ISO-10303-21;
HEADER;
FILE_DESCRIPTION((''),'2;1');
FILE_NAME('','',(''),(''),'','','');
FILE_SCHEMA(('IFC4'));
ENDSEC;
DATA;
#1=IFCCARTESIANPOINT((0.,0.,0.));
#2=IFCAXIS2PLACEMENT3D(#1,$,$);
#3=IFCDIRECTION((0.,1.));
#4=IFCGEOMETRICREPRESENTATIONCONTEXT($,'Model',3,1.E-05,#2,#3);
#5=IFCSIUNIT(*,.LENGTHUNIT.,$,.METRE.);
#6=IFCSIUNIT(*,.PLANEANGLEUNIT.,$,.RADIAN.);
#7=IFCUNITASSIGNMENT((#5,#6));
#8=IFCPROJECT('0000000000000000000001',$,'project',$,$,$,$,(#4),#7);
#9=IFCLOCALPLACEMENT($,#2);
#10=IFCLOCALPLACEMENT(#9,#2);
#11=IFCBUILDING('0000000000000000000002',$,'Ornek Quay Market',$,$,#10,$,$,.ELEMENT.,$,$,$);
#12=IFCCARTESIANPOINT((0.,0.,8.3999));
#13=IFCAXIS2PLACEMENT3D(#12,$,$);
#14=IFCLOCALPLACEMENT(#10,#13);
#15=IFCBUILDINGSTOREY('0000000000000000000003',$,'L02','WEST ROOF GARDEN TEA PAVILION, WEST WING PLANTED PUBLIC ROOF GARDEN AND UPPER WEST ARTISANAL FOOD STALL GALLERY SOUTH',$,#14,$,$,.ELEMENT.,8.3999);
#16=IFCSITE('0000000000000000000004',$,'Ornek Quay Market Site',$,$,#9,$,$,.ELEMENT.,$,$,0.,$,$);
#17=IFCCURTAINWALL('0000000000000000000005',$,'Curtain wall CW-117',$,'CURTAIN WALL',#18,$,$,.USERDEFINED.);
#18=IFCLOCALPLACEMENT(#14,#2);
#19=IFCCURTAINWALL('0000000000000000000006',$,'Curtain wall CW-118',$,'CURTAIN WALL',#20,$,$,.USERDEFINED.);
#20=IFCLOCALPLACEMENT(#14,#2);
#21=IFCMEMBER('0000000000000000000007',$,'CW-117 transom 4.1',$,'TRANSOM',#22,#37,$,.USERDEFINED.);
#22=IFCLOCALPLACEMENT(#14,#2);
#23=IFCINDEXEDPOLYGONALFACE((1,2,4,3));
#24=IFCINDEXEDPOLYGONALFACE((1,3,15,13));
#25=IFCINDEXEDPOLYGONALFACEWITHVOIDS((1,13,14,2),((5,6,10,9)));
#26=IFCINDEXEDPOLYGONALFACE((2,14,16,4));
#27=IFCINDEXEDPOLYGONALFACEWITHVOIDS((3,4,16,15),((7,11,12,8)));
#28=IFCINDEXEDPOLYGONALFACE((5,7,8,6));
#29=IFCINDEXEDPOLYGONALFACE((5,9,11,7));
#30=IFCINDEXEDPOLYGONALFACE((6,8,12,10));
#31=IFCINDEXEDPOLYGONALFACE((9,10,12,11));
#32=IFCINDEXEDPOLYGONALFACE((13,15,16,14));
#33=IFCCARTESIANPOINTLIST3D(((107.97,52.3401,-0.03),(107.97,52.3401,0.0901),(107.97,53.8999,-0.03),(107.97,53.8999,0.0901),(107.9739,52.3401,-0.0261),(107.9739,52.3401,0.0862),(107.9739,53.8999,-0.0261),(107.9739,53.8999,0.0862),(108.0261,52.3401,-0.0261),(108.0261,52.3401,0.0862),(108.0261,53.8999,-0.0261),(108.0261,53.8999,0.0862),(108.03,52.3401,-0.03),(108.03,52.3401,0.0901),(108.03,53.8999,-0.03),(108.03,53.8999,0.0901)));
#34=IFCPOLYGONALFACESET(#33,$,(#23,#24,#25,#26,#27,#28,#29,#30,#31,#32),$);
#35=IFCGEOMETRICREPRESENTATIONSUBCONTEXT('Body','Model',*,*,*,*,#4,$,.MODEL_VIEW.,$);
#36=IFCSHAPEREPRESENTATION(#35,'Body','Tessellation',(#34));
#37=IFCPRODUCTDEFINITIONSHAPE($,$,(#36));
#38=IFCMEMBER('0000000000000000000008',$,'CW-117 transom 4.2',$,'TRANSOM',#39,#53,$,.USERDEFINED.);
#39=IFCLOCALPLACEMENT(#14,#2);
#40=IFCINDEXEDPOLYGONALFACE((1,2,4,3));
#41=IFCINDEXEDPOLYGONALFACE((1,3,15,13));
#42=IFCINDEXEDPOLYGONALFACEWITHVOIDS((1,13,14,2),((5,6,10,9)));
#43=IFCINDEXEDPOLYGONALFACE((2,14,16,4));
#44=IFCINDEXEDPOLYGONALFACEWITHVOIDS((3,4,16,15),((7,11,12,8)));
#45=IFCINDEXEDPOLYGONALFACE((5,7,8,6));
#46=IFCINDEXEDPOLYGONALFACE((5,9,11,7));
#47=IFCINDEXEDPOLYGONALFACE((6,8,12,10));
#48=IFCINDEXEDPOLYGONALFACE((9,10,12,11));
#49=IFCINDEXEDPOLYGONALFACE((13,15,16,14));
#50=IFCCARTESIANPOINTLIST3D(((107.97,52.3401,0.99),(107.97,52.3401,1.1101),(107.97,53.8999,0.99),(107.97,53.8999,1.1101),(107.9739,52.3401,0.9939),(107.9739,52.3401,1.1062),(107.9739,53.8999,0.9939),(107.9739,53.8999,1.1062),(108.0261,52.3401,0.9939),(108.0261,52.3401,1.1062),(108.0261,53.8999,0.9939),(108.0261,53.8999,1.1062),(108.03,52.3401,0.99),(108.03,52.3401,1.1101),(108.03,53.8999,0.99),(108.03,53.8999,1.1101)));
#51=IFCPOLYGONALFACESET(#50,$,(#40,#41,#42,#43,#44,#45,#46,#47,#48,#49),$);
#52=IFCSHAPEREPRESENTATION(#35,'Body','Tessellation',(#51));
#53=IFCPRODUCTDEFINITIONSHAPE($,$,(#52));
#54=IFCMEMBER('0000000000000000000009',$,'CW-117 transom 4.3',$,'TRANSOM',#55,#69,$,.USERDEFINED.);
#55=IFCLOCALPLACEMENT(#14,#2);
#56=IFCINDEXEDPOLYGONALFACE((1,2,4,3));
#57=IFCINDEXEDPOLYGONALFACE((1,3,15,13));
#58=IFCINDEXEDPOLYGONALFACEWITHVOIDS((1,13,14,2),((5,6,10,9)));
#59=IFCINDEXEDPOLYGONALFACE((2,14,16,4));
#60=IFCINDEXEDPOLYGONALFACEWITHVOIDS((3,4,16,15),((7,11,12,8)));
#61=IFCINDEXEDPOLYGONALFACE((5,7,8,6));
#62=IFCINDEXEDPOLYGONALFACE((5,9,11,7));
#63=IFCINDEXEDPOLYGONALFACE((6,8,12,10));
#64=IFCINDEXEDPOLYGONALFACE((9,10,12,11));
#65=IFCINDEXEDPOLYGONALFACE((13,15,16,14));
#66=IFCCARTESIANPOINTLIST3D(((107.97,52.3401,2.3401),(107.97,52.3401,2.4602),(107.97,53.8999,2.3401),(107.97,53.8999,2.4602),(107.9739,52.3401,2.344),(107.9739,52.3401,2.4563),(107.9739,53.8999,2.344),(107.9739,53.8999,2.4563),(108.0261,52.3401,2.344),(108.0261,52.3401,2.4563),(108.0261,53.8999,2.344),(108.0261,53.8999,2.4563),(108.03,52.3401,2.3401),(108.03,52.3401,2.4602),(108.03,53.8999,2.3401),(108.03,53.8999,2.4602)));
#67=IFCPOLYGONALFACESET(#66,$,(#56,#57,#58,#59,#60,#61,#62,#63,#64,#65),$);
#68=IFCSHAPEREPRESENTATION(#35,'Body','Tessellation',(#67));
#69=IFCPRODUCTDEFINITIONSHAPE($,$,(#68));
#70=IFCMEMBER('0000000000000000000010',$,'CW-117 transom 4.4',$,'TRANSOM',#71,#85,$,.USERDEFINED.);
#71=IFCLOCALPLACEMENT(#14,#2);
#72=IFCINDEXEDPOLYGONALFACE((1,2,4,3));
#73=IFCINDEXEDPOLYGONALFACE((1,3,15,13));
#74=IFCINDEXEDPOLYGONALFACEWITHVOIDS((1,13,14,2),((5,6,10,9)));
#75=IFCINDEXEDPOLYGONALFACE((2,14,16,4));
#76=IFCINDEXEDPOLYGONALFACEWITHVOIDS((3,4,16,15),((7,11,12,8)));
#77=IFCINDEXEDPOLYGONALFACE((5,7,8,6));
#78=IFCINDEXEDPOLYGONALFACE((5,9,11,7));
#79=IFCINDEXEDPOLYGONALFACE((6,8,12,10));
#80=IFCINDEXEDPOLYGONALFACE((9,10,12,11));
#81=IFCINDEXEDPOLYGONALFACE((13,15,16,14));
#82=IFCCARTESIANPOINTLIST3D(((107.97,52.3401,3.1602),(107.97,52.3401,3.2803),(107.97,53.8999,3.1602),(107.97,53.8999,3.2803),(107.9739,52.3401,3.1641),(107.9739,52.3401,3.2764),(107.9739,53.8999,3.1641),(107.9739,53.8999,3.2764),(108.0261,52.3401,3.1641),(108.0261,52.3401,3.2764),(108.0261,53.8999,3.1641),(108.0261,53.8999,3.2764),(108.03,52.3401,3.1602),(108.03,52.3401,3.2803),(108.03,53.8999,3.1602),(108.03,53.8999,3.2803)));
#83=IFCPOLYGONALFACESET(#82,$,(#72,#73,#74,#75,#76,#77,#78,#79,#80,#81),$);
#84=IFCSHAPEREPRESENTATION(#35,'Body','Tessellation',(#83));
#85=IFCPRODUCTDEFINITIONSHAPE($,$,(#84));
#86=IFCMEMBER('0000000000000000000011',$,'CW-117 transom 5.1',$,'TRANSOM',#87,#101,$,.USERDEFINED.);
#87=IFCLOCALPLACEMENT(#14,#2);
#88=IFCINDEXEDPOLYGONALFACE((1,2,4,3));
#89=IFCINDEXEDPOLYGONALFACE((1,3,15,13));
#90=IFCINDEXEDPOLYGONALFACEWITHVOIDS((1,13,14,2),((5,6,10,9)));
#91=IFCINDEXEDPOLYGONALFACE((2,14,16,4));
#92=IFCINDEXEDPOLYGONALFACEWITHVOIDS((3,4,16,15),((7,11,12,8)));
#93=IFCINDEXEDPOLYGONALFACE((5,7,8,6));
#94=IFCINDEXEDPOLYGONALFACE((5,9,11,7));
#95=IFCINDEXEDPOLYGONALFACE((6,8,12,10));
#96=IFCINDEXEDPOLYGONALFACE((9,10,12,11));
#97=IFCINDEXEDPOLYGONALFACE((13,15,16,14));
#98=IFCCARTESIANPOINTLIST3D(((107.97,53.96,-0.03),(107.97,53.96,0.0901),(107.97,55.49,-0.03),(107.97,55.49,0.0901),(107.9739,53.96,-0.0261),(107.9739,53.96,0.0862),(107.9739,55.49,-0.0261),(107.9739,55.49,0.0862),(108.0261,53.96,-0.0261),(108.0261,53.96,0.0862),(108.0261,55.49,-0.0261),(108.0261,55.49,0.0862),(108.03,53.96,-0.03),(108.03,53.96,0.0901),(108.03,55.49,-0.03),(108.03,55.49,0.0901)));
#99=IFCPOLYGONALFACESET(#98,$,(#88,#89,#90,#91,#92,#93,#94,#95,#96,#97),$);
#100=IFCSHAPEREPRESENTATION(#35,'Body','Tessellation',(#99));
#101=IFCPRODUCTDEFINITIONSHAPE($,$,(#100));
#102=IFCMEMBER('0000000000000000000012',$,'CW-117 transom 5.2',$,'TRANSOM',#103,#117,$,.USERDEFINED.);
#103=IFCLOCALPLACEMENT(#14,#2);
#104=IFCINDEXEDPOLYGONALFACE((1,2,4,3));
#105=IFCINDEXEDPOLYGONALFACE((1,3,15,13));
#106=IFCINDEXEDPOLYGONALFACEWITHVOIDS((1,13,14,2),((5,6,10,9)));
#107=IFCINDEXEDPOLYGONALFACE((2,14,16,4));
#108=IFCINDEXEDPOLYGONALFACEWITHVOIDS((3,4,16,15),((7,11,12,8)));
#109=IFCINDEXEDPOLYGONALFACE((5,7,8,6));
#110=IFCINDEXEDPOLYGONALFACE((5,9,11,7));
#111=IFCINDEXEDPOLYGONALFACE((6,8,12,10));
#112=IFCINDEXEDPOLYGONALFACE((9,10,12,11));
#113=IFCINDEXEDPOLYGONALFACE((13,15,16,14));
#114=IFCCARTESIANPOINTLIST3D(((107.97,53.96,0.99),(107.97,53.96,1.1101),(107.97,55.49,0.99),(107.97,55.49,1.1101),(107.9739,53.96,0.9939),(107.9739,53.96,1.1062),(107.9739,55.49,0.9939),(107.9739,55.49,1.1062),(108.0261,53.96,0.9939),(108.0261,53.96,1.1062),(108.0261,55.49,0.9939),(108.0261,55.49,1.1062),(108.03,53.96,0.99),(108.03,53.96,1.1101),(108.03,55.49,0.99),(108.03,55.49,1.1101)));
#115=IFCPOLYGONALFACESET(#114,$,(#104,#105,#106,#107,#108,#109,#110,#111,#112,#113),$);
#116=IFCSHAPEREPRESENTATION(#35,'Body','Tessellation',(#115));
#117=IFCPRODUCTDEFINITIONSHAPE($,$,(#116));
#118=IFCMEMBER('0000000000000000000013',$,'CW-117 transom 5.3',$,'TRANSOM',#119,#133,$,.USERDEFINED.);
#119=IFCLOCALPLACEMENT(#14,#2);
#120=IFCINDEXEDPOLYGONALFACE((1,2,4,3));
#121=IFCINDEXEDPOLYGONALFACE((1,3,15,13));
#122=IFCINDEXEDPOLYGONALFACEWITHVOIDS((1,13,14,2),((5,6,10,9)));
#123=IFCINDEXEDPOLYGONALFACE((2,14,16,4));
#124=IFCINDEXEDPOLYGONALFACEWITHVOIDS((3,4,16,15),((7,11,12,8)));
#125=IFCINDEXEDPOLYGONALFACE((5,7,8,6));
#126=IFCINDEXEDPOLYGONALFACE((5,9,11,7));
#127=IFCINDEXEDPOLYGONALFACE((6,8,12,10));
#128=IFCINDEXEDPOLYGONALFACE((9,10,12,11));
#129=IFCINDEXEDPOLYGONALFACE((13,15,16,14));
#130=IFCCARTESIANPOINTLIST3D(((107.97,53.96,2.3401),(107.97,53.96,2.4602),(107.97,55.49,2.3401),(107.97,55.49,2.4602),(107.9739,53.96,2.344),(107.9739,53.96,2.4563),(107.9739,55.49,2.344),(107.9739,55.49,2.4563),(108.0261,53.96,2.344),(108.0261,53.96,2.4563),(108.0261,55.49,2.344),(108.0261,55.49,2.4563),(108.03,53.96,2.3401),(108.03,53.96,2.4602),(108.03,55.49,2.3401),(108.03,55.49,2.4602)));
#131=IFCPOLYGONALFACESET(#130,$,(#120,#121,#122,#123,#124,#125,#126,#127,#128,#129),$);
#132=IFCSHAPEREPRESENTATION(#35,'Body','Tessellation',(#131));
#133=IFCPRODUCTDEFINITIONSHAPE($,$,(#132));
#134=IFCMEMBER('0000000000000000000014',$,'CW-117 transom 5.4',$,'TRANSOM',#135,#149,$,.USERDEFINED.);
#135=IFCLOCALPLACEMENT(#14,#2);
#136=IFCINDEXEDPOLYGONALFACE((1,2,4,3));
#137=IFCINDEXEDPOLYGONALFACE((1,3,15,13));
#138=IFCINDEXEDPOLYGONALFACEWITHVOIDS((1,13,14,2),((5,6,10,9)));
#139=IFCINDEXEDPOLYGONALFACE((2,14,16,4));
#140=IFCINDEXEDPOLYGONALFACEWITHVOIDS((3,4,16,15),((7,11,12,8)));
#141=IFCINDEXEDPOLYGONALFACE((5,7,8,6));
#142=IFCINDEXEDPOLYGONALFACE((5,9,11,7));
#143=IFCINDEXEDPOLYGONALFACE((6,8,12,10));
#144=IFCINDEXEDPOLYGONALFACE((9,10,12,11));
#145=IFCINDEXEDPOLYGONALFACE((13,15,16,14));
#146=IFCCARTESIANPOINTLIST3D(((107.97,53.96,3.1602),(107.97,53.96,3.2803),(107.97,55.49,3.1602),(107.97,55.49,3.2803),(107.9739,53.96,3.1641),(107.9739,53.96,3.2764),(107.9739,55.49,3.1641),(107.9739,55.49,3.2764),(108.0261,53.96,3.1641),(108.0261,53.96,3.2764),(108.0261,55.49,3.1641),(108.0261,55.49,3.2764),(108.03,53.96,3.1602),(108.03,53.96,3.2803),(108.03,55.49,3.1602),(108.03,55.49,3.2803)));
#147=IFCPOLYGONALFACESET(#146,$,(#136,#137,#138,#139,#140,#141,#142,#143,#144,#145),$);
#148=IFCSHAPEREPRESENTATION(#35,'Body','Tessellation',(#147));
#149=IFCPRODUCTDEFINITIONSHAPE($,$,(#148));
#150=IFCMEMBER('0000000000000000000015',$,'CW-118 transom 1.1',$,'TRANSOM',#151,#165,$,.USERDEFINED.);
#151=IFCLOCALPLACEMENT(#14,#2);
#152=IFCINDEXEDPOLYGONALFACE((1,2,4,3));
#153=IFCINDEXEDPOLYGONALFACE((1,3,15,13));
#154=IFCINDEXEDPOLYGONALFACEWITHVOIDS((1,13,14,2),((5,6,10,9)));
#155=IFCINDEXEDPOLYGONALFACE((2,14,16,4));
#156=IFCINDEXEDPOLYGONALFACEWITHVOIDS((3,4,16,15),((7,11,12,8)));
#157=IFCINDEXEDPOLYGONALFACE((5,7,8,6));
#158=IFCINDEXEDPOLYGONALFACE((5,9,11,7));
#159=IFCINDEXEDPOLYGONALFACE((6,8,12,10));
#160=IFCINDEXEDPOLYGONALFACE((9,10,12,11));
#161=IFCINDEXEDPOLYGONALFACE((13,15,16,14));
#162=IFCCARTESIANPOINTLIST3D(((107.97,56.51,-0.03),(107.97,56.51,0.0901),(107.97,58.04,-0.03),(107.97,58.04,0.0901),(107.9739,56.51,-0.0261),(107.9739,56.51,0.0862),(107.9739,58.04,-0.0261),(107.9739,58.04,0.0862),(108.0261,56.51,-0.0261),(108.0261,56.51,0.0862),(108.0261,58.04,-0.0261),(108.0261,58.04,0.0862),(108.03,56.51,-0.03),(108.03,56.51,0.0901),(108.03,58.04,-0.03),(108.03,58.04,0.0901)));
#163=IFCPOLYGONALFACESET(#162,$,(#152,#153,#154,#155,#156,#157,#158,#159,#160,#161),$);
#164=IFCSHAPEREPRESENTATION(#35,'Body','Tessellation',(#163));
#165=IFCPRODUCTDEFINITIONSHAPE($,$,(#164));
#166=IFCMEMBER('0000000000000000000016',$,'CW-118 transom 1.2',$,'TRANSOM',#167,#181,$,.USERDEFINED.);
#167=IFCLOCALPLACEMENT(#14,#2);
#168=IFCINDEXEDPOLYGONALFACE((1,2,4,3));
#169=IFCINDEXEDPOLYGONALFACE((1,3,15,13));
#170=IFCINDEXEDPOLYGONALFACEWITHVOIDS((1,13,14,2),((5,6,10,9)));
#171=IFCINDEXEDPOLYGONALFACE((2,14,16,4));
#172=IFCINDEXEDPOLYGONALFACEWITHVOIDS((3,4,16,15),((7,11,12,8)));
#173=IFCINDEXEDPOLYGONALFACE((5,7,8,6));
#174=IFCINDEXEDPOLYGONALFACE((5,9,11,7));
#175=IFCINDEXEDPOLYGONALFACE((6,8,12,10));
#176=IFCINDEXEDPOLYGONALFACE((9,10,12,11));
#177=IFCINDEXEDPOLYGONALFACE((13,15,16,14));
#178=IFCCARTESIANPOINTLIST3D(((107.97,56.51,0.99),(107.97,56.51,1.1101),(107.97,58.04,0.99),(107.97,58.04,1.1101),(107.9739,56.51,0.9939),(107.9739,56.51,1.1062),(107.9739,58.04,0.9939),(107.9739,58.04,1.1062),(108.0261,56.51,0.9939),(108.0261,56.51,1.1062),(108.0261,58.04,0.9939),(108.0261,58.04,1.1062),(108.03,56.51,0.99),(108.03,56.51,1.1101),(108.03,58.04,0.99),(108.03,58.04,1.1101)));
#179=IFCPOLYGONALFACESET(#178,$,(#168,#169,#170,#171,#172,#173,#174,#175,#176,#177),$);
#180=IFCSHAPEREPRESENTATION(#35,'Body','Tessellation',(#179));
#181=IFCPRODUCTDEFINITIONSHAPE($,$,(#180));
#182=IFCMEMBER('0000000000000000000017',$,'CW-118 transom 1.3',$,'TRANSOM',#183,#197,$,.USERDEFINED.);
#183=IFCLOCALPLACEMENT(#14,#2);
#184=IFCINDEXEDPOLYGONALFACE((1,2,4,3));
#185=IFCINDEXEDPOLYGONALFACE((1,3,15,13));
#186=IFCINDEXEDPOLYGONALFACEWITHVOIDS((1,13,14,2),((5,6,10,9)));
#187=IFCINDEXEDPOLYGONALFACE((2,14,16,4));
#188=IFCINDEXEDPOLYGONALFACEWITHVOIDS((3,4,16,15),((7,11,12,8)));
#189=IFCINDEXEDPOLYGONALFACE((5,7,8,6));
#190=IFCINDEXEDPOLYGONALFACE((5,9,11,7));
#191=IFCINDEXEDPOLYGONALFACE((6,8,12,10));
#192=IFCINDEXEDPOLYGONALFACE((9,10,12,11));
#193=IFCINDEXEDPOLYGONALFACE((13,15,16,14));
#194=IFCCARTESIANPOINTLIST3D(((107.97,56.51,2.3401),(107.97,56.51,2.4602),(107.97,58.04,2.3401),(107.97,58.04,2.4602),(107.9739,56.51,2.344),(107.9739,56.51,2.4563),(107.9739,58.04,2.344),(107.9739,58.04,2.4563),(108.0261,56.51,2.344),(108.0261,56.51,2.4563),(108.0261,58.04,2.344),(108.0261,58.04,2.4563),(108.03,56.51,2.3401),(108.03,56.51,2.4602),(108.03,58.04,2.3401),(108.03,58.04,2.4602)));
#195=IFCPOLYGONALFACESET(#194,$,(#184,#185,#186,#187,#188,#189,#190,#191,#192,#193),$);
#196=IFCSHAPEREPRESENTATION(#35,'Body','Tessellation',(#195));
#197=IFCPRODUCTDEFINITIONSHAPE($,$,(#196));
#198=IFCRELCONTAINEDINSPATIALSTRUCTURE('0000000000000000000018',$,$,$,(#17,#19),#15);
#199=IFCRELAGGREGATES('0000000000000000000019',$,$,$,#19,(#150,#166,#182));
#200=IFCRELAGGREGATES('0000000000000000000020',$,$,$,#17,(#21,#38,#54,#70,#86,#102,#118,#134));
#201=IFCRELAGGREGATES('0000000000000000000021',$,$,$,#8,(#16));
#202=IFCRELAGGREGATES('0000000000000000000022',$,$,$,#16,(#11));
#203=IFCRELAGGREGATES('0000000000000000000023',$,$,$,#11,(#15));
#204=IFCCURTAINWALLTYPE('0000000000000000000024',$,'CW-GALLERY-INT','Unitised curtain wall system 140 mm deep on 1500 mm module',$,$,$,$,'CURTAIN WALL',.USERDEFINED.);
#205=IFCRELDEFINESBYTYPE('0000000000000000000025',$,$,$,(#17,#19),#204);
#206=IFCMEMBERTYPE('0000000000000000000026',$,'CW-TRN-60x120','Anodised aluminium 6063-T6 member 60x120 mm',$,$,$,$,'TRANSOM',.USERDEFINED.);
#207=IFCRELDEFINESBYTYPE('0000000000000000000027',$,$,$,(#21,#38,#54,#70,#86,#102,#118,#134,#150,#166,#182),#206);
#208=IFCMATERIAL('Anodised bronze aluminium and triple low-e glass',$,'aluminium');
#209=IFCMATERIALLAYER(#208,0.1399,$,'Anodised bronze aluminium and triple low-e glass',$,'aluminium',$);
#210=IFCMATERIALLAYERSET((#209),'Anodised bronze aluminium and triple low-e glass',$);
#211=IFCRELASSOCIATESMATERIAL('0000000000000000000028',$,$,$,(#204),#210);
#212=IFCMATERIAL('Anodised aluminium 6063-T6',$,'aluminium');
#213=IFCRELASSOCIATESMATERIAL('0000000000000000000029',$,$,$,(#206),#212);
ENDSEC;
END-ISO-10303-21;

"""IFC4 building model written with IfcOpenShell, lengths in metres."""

from ifc_helpers import new_model, si_unit, direction, frame, origin, origin_2d, place, context, subcontext, project, spatial, hollow_rectangle, extrude, material, layer, layer_set, material_profile, profile_set, type_object, element, aggregate, save


model = new_model("IFC4")

# Units and contexts
model_context = context("Model", 3, precision=1e-05, world=origin(), true_north=direction((0.0, 1.0)))
body_context = subcontext(model_context, "Body", "Model", "MODEL_VIEW")
ifc_project = project(units=[si_unit("LENGTHUNIT", "METRE"), si_unit("PLANEANGLEUNIT", "RADIAN")], contexts=[model_context])

# Site, building, storey
site_placement = place(None, origin())
site = spatial("IfcSite", under=ifc_project, at=site_placement, Name="Ornek Quay Market Site", CompositionType="ELEMENT", RefElevation=0.0)
building_placement = place(site_placement, origin())
building = spatial("IfcBuilding", under=site, at=building_placement, Name="Ornek Quay Market", CompositionType="ELEMENT")
storey_placement = place(building_placement, frame((0.0, 0.0, 8.3999)))
storey = spatial("IfcBuildingStorey", under=building, at=storey_placement, Name="L02", Description="WEST ROOF GARDEN TEA PAVILION, WEST WING PLANTED PUBLIC ROOF GARDEN AND UPPER WEST ARTISANAL FOOD STALL GALLERY SOUTH", CompositionType="ELEMENT", Elevation=8.3999)

# Shared definitions
ifc_material_1 = material(Name="Anodised bronze aluminium and triple low-e glass", Category="aluminium")
ifc_layer_1 = layer(ifc_material_1, 0.1399, Name="Anodised bronze aluminium and triple low-e glass", Category="aluminium")
ifc_layer_set_1 = layer_set([ifc_layer_1], Name="Anodised bronze aluminium and triple low-e glass")
curtain_wall_type = type_object("IfcCurtainWallType", Name="CW-GALLERY-INT", Description="Unitised curtain wall system 140 mm deep on 1500 mm module", ElementType="CURTAIN WALL", PredefinedType="USERDEFINED", material=ifc_layer_set_1)
ifc_material_2 = material(Name="Anodised aluminium 6063-T6", Category="aluminium")

# Curtain wall
curtain_wall_1_placement = place(storey_placement, origin())
curtain_wall_1 = element("IfcCurtainWall", 1, at=curtain_wall_1_placement, inside=storey, type_object=curtain_wall_type, Name="Curtain wall CW-117", ObjectType="CURTAIN WALL", PredefinedType="USERDEFINED")

# Curtain wall
curtain_wall_2_placement = place(storey_placement, origin())
curtain_wall_2 = element("IfcCurtainWall", 2, at=curtain_wall_2_placement, inside=storey, type_object=curtain_wall_type, Name="Curtain wall CW-118", ObjectType="CURTAIN WALL", PredefinedType="USERDEFINED")

# Members
ifc_material_profile_1 = material_profile(ifc_material_2, hollow_rectangle(XDim=0.0601, YDim=0.1201, WallThickness=0.0039, at=origin_2d()), Name="CW-TRN-60x120", Category="aluminium")
ifc_profile_set_1 = profile_set([ifc_material_profile_1], Name="Anodised aluminium 6063-T6")
member_type_1 = type_object("IfcMemberType", Name="CW-TRN-60x120", Description="Anodised aluminium 6063-T6 member 60x120 mm", ElementType="TRANSOM", PredefinedType="USERDEFINED", material=ifc_profile_set_1)
member_1_placement = place(storey_placement, frame((108.0, 52.3401, 0.03), z_axis=(0.0, 1.0, 0.0), x_axis=(-1.0, 0.0, 0.0)))
member_1 = element("IfcMember", 3, at=member_1_placement, type_object=member_type_1, Name="CW-117 transom 4.1", ObjectType="TRANSOM", PredefinedType="USERDEFINED", context=body_context, shape_type="SweptSolid", body=[
    extrude(hollow_rectangle(XDim=0.0601, YDim=0.1201, WallThickness=0.0039, at=origin_2d()), origin(), (0.0, 0.0, 1.0), 1.5598),
])
member_2_placement = place(storey_placement, frame((108.0, 52.3401, 1.05), z_axis=(0.0, 1.0, 0.0), x_axis=(-1.0, 0.0, 0.0)))
member_2 = element("IfcMember", 4, at=member_2_placement, type_object=member_type_1, Name="CW-117 transom 4.2", ObjectType="TRANSOM", PredefinedType="USERDEFINED", context=body_context, shape_type="SweptSolid", body=[
    extrude(hollow_rectangle(XDim=0.0601, YDim=0.1201, WallThickness=0.0039, at=origin_2d()), origin(), (0.0, 0.0, 1.0), 1.5598),
])
member_3_placement = place(storey_placement, frame((108.0, 52.3401, 2.4001), z_axis=(0.0, 1.0, 0.0), x_axis=(-1.0, 0.0, 0.0)))
member_3 = element("IfcMember", 5, at=member_3_placement, type_object=member_type_1, Name="CW-117 transom 4.3", ObjectType="TRANSOM", PredefinedType="USERDEFINED", context=body_context, shape_type="SweptSolid", body=[
    extrude(hollow_rectangle(XDim=0.0601, YDim=0.1201, WallThickness=0.0039, at=origin_2d()), origin(), (0.0, 0.0, 1.0), 1.5598),
])
member_4_placement = place(storey_placement, frame((108.0, 52.3401, 3.2202), z_axis=(0.0, 1.0, 0.0), x_axis=(-1.0, 0.0, 0.0)))
member_4 = element("IfcMember", 6, at=member_4_placement, type_object=member_type_1, Name="CW-117 transom 4.4", ObjectType="TRANSOM", PredefinedType="USERDEFINED", context=body_context, shape_type="SweptSolid", body=[
    extrude(hollow_rectangle(XDim=0.0601, YDim=0.1201, WallThickness=0.0039, at=origin_2d()), origin(), (0.0, 0.0, 1.0), 1.5598),
])
member_5_placement = place(storey_placement, frame((108.0, 53.96, 0.03), z_axis=(0.0, 1.0, 0.0), x_axis=(-1.0, 0.0, 0.0)))
member_5 = element("IfcMember", 7, at=member_5_placement, type_object=member_type_1, Name="CW-117 transom 5.1", ObjectType="TRANSOM", PredefinedType="USERDEFINED", context=body_context, shape_type="SweptSolid", body=[
    extrude(hollow_rectangle(XDim=0.0601, YDim=0.1201, WallThickness=0.0039, at=origin_2d()), origin(), (0.0, 0.0, 1.0), 1.53),
])
member_6_placement = place(storey_placement, frame((108.0, 53.96, 1.05), z_axis=(0.0, 1.0, 0.0), x_axis=(-1.0, 0.0, 0.0)))
member_6 = element("IfcMember", 8, at=member_6_placement, type_object=member_type_1, Name="CW-117 transom 5.2", ObjectType="TRANSOM", PredefinedType="USERDEFINED", context=body_context, shape_type="SweptSolid", body=[
    extrude(hollow_rectangle(XDim=0.0601, YDim=0.1201, WallThickness=0.0039, at=origin_2d()), origin(), (0.0, 0.0, 1.0), 1.53),
])
member_7_placement = place(storey_placement, frame((108.0, 53.96, 2.4001), z_axis=(0.0, 1.0, 0.0), x_axis=(-1.0, 0.0, 0.0)))
member_7 = element("IfcMember", 9, at=member_7_placement, type_object=member_type_1, Name="CW-117 transom 5.3", ObjectType="TRANSOM", PredefinedType="USERDEFINED", context=body_context, shape_type="SweptSolid", body=[
    extrude(hollow_rectangle(XDim=0.0601, YDim=0.1201, WallThickness=0.0039, at=origin_2d()), origin(), (0.0, 0.0, 1.0), 1.53),
])
member_8_placement = place(storey_placement, frame((108.0, 53.96, 3.2202), z_axis=(0.0, 1.0, 0.0), x_axis=(-1.0, 0.0, 0.0)))
member_8 = element("IfcMember", 10, at=member_8_placement, type_object=member_type_1, Name="CW-117 transom 5.4", ObjectType="TRANSOM", PredefinedType="USERDEFINED", context=body_context, shape_type="SweptSolid", body=[
    extrude(hollow_rectangle(XDim=0.0601, YDim=0.1201, WallThickness=0.0039, at=origin_2d()), origin(), (0.0, 0.0, 1.0), 1.53),
])
member_9_placement = place(storey_placement, frame((108.0, 56.51, 0.03), z_axis=(0.0, 1.0, 0.0), x_axis=(-1.0, 0.0, 0.0)))
member_9 = element("IfcMember", 11, at=member_9_placement, type_object=member_type_1, Name="CW-118 transom 1.1", ObjectType="TRANSOM", PredefinedType="USERDEFINED", context=body_context, shape_type="SweptSolid", body=[
    extrude(hollow_rectangle(XDim=0.0601, YDim=0.1201, WallThickness=0.0039, at=origin_2d()), origin(), (0.0, 0.0, 1.0), 1.53),
])
member_10_placement = place(storey_placement, frame((108.0, 56.51, 1.05), z_axis=(0.0, 1.0, 0.0), x_axis=(-1.0, 0.0, 0.0)))
member_10 = element("IfcMember", 12, at=member_10_placement, type_object=member_type_1, Name="CW-118 transom 1.2", ObjectType="TRANSOM", PredefinedType="USERDEFINED", context=body_context, shape_type="SweptSolid", body=[
    extrude(hollow_rectangle(XDim=0.0601, YDim=0.1201, WallThickness=0.0039, at=origin_2d()), origin(), (0.0, 0.0, 1.0), 1.53),
])
member_11_placement = place(storey_placement, frame((108.0, 56.51, 2.4001), z_axis=(0.0, 1.0, 0.0), x_axis=(-1.0, 0.0, 0.0)))
member_11 = element("IfcMember", 13, at=member_11_placement, type_object=member_type_1, Name="CW-118 transom 1.3", ObjectType="TRANSOM", PredefinedType="USERDEFINED", context=body_context, shape_type="SweptSolid", body=[
    extrude(hollow_rectangle(XDim=0.0601, YDim=0.1201, WallThickness=0.0039, at=origin_2d()), origin(), (0.0, 0.0, 1.0), 1.53),
])
aggregate(curtain_wall_2, [member_9, member_10, member_11])

aggregate(curtain_wall_1, [member_1, member_2, member_3, member_4, member_5, member_6, member_7, member_8])

save(model, "model.ifc")
